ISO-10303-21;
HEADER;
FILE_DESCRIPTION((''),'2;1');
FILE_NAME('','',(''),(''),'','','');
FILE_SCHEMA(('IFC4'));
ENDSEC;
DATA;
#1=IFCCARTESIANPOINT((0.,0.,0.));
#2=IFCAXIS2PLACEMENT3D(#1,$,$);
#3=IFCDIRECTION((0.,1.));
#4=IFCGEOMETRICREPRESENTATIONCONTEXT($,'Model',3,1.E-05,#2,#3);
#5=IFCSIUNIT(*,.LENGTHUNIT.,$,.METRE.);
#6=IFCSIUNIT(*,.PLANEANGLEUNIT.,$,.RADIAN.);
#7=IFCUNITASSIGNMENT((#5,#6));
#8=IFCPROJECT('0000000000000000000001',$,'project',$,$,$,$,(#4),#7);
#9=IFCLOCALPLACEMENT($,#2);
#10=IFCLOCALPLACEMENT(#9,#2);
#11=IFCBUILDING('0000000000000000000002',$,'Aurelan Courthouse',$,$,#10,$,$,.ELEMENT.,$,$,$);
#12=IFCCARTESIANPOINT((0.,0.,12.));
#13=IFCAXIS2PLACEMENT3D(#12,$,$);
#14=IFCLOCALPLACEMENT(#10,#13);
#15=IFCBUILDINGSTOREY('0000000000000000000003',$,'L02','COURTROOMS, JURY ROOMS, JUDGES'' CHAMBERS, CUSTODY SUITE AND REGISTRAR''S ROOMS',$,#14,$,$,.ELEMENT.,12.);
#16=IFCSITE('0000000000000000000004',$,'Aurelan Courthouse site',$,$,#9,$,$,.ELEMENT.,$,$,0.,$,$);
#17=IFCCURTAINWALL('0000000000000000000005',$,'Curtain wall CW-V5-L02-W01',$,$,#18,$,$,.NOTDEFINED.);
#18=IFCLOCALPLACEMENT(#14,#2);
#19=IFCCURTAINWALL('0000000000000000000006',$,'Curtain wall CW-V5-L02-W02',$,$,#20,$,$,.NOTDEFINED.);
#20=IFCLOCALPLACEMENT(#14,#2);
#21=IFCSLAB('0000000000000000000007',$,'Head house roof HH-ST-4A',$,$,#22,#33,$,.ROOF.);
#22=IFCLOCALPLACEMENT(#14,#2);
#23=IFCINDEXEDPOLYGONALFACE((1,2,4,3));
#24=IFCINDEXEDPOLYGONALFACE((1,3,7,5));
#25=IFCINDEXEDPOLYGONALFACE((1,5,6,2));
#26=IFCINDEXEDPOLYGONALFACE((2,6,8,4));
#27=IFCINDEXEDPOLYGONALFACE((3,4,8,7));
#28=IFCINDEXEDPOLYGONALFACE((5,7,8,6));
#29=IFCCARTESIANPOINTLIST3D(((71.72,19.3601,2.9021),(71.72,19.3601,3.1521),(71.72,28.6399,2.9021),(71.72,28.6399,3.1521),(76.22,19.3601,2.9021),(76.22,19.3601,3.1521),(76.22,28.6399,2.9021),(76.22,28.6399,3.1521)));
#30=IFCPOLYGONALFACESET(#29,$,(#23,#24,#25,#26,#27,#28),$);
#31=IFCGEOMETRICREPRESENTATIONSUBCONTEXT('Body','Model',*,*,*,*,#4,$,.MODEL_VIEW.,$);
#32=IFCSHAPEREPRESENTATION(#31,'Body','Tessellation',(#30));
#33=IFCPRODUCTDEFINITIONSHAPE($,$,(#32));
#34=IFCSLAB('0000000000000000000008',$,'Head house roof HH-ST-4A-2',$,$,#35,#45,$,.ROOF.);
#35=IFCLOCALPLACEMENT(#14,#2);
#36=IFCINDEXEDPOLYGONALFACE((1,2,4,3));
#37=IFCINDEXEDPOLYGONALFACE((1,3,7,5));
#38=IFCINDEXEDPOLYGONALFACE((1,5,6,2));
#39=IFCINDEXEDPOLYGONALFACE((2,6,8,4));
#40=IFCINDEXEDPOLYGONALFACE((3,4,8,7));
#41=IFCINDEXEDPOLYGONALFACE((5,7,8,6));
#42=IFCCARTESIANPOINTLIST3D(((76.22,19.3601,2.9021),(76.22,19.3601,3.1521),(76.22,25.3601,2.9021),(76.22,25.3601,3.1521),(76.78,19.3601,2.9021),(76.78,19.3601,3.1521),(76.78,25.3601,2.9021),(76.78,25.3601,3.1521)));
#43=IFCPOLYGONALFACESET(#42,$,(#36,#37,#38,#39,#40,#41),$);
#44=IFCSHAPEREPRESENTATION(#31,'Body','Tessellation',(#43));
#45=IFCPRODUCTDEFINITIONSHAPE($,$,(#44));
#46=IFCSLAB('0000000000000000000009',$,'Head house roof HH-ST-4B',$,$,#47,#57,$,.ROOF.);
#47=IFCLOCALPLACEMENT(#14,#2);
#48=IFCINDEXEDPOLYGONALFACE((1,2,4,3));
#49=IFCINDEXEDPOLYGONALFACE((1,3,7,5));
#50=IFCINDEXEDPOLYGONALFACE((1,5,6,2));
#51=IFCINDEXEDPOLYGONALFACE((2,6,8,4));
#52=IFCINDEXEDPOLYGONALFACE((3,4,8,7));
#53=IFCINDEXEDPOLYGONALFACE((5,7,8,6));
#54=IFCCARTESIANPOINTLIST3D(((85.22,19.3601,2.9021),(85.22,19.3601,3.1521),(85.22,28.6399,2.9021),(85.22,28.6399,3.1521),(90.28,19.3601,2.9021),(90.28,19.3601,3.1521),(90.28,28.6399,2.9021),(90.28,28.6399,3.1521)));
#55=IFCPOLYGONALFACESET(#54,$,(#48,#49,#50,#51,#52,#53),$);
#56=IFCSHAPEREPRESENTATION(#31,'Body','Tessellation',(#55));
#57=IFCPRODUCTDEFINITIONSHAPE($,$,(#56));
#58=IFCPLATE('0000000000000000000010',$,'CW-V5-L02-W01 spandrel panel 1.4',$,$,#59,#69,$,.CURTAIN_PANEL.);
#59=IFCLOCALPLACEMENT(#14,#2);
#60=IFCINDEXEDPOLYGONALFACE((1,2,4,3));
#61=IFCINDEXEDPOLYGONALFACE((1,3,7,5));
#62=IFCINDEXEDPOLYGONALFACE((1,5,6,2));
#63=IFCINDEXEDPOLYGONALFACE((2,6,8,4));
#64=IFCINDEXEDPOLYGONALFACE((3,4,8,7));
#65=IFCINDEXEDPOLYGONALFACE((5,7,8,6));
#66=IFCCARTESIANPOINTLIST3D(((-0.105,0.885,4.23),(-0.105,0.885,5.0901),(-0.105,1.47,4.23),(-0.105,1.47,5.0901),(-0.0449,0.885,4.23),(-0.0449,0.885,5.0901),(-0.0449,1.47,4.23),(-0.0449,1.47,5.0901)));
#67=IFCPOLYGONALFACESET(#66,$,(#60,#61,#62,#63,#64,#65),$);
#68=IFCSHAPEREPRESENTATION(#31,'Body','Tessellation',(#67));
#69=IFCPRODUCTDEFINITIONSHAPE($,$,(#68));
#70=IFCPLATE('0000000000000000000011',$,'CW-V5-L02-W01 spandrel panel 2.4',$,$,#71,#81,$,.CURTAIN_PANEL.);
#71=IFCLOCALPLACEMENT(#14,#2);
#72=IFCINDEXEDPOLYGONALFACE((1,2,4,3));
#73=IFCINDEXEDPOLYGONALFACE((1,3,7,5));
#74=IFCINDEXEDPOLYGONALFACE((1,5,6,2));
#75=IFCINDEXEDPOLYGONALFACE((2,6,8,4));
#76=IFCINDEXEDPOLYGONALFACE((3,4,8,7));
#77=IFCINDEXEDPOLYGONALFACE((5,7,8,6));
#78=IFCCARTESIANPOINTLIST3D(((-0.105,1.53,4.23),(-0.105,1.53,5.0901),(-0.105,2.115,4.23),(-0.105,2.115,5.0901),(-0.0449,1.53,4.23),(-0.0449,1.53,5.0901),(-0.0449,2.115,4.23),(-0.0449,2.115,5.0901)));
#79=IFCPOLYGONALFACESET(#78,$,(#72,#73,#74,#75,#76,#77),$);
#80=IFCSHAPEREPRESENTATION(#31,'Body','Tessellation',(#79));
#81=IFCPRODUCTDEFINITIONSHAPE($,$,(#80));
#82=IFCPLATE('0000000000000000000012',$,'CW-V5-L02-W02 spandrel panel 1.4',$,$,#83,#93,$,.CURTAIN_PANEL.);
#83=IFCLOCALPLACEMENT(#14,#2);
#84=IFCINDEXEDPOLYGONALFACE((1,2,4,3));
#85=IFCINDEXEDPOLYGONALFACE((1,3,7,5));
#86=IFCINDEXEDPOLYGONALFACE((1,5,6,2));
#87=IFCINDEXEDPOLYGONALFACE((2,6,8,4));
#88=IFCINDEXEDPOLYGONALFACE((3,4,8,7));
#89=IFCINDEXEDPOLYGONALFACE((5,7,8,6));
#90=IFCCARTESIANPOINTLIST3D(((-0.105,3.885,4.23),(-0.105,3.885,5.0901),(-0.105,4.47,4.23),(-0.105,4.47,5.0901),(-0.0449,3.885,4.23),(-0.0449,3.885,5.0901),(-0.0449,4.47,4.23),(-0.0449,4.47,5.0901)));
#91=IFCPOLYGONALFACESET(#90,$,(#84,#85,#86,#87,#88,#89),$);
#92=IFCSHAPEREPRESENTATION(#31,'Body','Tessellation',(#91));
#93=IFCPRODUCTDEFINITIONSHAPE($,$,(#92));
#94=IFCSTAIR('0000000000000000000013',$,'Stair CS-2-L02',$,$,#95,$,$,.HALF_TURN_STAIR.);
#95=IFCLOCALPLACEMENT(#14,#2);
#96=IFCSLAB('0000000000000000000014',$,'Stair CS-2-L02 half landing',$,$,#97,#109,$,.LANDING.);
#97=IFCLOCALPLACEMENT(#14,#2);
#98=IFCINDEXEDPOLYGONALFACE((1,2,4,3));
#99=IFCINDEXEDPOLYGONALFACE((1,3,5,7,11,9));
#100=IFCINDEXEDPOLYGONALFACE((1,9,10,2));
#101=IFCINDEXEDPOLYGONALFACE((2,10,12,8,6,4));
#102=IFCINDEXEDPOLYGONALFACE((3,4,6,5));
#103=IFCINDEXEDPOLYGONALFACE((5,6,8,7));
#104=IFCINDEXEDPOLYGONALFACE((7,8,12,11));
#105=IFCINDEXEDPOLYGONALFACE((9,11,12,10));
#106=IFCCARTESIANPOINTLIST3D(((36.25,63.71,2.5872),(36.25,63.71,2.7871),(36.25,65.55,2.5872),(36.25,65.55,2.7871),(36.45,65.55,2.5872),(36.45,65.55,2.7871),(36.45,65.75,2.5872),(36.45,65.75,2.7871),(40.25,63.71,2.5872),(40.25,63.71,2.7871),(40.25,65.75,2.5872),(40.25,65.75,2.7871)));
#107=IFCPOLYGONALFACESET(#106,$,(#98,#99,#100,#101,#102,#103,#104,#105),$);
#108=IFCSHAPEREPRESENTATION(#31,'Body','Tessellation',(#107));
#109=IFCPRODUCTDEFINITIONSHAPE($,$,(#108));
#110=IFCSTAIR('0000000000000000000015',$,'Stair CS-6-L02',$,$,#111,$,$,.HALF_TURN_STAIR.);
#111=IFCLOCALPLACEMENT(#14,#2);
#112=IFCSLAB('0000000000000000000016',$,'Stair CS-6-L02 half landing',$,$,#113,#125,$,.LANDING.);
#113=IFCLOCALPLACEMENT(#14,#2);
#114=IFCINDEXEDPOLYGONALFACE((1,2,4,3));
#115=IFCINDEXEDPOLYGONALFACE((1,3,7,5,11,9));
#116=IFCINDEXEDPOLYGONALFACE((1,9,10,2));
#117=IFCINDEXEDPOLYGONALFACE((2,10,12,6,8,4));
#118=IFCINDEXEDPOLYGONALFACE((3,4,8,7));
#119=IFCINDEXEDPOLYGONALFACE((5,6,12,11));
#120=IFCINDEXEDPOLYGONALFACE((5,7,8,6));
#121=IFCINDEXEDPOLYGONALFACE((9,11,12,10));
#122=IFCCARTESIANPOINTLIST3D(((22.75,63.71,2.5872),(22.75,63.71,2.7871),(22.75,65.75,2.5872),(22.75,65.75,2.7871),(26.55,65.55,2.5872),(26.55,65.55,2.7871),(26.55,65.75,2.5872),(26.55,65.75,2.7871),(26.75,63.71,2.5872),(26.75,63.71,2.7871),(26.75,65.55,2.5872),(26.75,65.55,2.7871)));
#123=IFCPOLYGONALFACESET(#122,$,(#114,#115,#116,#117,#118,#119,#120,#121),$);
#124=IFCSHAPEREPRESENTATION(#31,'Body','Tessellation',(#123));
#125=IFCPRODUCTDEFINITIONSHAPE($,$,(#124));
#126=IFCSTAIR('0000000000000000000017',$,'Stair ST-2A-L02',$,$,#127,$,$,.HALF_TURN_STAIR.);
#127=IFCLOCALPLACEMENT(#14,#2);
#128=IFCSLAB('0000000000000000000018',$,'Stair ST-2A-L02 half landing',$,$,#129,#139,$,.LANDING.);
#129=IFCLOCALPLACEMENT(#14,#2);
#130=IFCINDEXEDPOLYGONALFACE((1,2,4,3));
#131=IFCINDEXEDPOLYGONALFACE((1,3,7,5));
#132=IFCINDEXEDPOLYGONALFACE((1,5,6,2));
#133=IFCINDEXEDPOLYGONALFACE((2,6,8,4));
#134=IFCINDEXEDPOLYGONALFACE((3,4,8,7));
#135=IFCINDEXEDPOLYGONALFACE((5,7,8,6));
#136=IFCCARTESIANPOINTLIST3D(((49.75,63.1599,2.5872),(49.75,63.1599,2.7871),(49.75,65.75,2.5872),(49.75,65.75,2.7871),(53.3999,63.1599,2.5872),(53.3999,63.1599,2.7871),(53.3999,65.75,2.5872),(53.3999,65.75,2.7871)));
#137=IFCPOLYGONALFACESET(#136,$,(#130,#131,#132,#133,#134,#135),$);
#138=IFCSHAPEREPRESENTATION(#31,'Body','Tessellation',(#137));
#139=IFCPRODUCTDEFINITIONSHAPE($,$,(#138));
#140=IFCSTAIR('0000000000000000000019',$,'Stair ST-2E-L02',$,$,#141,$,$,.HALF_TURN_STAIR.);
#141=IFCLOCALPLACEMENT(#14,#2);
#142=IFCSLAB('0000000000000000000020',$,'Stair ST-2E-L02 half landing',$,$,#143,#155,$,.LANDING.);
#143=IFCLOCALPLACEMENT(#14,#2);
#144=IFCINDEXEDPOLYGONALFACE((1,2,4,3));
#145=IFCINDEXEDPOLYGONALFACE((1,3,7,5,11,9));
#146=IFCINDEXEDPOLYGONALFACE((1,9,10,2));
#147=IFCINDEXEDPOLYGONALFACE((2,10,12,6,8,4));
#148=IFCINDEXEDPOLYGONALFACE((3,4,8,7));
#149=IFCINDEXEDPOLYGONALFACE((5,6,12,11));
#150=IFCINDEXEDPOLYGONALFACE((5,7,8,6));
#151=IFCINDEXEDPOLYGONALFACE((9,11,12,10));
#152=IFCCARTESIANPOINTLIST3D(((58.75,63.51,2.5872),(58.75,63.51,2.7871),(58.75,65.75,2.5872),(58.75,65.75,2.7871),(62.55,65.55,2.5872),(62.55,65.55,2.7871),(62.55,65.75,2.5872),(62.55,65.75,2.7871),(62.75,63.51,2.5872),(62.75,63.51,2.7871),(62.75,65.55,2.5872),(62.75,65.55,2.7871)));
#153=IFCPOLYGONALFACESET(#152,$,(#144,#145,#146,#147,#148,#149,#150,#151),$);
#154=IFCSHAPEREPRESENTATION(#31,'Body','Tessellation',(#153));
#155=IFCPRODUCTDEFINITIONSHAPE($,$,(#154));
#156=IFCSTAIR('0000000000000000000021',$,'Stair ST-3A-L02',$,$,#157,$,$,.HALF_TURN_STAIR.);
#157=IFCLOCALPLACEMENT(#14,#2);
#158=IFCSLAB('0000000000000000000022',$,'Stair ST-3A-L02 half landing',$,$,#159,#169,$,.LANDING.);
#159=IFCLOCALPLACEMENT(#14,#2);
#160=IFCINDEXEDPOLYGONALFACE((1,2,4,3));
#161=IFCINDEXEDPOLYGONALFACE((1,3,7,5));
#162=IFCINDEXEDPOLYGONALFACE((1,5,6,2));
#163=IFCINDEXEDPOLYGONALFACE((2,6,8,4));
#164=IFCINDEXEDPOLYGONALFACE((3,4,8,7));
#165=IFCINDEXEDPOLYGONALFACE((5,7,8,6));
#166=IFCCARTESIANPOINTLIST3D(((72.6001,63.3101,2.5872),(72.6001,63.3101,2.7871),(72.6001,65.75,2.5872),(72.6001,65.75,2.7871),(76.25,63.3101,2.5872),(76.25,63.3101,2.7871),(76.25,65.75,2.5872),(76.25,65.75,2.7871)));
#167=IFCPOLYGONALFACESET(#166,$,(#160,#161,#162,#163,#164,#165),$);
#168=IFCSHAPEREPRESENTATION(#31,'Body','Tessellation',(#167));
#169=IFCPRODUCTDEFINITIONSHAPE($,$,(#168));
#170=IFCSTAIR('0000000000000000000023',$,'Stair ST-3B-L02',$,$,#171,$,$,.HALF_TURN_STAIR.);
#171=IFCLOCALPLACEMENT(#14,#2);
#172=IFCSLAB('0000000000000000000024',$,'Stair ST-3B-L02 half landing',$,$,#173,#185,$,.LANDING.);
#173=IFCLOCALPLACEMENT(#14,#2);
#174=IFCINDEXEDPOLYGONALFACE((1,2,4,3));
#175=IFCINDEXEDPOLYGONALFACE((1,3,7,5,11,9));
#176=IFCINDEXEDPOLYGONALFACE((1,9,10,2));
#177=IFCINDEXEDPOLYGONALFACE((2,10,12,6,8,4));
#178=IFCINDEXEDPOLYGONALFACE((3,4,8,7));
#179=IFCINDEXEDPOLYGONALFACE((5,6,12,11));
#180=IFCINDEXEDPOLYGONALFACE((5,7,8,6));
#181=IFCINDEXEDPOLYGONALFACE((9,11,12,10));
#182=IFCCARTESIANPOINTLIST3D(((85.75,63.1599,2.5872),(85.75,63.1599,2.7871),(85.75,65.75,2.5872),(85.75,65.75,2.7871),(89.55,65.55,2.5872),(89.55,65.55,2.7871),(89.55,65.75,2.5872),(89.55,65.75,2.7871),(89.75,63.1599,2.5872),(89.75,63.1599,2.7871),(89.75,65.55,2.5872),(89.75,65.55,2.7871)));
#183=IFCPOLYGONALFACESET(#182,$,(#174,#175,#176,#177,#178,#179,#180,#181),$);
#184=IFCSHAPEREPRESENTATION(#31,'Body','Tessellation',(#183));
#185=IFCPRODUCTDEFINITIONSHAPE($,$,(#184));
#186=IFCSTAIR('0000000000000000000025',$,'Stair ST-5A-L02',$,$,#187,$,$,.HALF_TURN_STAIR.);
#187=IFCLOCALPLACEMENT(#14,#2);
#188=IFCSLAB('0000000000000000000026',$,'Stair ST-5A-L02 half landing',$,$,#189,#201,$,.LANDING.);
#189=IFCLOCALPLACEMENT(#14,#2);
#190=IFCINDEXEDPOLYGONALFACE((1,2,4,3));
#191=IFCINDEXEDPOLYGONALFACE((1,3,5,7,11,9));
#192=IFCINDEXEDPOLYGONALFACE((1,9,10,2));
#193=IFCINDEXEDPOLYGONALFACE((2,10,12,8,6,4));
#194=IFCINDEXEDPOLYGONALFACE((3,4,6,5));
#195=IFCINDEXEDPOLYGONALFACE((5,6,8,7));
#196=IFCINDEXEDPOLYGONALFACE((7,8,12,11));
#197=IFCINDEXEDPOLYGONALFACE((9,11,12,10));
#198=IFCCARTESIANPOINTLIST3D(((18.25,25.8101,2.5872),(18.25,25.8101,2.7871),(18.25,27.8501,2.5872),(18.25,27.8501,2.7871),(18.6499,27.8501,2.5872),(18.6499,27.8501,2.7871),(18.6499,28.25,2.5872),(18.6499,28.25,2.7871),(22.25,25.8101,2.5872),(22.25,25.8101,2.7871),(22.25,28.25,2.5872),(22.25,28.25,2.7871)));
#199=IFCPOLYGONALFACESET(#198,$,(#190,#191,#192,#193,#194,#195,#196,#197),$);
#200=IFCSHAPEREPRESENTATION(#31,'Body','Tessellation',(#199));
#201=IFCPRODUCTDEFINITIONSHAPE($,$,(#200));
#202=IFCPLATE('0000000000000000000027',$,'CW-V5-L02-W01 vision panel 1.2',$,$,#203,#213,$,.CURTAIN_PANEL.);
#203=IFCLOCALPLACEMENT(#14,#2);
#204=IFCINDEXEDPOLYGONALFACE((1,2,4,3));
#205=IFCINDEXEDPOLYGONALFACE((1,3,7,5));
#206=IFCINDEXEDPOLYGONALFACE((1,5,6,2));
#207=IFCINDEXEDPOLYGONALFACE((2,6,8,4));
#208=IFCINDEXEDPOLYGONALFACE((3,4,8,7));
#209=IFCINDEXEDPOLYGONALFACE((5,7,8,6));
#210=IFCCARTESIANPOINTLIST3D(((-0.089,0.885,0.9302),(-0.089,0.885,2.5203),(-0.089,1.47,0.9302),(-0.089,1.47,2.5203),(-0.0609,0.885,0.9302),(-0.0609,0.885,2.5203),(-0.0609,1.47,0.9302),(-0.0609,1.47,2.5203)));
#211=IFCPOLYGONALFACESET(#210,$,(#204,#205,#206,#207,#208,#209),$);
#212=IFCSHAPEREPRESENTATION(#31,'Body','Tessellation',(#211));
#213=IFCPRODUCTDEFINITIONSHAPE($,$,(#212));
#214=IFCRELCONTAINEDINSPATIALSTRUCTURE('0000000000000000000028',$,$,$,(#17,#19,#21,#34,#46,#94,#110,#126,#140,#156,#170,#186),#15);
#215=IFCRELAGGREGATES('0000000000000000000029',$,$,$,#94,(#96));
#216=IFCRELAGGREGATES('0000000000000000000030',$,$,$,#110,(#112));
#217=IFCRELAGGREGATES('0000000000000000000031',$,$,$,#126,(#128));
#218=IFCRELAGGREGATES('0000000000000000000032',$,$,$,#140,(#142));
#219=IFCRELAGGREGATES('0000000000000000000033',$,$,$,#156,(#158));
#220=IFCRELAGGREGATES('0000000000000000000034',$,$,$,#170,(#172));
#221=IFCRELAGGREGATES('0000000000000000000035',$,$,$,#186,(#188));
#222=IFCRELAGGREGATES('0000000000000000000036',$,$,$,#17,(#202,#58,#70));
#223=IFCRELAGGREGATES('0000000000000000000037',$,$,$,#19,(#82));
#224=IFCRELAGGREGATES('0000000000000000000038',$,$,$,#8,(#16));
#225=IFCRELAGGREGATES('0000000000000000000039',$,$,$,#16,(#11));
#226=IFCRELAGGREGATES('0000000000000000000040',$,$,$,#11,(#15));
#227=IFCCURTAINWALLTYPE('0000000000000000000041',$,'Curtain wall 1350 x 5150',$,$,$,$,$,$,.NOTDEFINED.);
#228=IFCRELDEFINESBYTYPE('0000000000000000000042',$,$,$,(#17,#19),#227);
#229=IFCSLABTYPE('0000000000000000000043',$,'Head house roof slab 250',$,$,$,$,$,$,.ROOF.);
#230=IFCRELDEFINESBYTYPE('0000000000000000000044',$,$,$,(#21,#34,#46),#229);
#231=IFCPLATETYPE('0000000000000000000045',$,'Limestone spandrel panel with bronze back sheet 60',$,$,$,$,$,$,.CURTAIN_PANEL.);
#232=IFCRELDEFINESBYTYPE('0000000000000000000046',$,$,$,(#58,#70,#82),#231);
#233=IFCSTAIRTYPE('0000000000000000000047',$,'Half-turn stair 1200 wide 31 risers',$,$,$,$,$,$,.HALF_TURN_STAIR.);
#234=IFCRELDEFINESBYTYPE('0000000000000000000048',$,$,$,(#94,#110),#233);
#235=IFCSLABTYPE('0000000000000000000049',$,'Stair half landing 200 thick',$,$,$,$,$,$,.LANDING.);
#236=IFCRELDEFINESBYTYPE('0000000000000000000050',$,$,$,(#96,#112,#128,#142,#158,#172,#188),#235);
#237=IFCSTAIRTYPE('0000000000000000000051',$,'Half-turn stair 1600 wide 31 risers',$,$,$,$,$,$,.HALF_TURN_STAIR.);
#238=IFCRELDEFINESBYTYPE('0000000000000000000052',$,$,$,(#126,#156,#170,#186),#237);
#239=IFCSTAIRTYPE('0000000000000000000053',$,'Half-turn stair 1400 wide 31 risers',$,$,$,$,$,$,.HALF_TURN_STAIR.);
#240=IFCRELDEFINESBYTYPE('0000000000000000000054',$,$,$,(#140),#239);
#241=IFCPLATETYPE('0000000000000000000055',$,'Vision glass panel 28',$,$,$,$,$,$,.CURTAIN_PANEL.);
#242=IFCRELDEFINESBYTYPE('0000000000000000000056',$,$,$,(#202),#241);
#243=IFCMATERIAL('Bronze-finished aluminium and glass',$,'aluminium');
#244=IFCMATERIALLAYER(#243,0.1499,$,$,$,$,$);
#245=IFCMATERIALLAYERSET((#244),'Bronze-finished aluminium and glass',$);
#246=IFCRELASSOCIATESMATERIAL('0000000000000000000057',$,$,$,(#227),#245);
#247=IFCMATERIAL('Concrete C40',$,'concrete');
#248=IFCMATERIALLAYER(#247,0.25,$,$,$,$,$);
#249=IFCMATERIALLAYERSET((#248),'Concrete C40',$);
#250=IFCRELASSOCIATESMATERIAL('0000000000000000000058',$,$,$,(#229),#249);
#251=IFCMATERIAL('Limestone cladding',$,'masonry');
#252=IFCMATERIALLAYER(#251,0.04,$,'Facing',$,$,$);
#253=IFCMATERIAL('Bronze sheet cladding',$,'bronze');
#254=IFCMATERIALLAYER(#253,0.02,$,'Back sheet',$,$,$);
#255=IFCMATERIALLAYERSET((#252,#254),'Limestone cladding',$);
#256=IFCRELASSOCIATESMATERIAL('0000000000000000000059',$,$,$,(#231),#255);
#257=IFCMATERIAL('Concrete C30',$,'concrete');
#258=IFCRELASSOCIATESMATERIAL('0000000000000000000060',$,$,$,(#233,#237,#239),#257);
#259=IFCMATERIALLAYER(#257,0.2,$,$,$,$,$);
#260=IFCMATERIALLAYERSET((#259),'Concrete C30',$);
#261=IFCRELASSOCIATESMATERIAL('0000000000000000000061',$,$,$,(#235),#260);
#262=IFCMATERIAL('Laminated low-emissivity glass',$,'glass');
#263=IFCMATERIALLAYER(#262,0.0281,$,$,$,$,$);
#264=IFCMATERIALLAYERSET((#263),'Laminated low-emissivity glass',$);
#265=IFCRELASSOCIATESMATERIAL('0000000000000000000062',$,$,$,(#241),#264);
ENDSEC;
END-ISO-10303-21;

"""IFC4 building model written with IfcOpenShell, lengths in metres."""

from ifc_helpers import new_model, si_unit, direction, frame, origin, origin_2d, place, context, subcontext, project, spatial, polyline, rectangle, outline, extrude, material, layer, layer_set, type_object, element, aggregate, save


model = new_model("IFC4")

# Units and contexts
model_context = context("Model", 3, precision=1e-05, world=origin(), true_north=direction((0.0, 1.0)))
body_context = subcontext(model_context, "Body", "Model", "MODEL_VIEW")
ifc_project = project(units=[si_unit("LENGTHUNIT", "METRE"), si_unit("PLANEANGLEUNIT", "RADIAN")], contexts=[model_context])

# Site, building, storey
site_placement = place(None, origin())
site = spatial("IfcSite", under=ifc_project, at=site_placement, Name="Aurelan Courthouse site", CompositionType="ELEMENT", RefElevation=0.0)
building_placement = place(site_placement, origin())
building = spatial("IfcBuilding", under=site, at=building_placement, Name="Aurelan Courthouse", CompositionType="ELEMENT")
storey_placement = place(building_placement, frame((0.0, 0.0, 12.0)))
storey = spatial("IfcBuildingStorey", under=building, at=storey_placement, Name="L02", Description="COURTROOMS, JURY ROOMS, JUDGES' CHAMBERS, CUSTODY SUITE AND REGISTRAR'S ROOMS", CompositionType="ELEMENT", Elevation=12.0)

# Curtain walls
ifc_material_1 = material(Name="Bronze-finished aluminium and glass", Category="aluminium")
ifc_layer_1 = layer(ifc_material_1, 0.1499)
ifc_layer_set_1 = layer_set([ifc_layer_1], Name="Bronze-finished aluminium and glass")
curtain_wall_type = type_object("IfcCurtainWallType", Name="Curtain wall 1350 x 5150", PredefinedType="NOTDEFINED", material=ifc_layer_set_1)
curtain_wall_1_placement = place(storey_placement, origin())
curtain_wall_1 = element("IfcCurtainWall", 1, at=curtain_wall_1_placement, inside=storey, type_object=curtain_wall_type, Name="Curtain wall CW-V5-L02-W01", PredefinedType="NOTDEFINED")
curtain_wall_2_placement = place(storey_placement, origin())
curtain_wall_2 = element("IfcCurtainWall", 2, at=curtain_wall_2_placement, inside=storey, type_object=curtain_wall_type, Name="Curtain wall CW-V5-L02-W02", PredefinedType="NOTDEFINED")

# Slabs
ifc_material_2 = material(Name="Concrete C40", Category="concrete")
ifc_layer_2 = layer(ifc_material_2, 0.25)
ifc_layer_set_2 = layer_set([ifc_layer_2], Name="Concrete C40")
slab_type_1 = type_object("IfcSlabType", Name="Head house roof slab 250", PredefinedType="ROOF", material=ifc_layer_set_2)
slab_1_placement = place(storey_placement, frame((0.0, 0.0, 2.9021)))
element("IfcSlab", 3, at=slab_1_placement, inside=storey, type_object=slab_type_1, Name="Head house roof HH-ST-4A", PredefinedType="ROOF", context=body_context, shape_type="SweptSolid", body=[
    extrude(outline(polyline([(71.72, 19.3601), (76.22, 19.3601), (76.22, 28.6399), (71.72, 28.6399), (71.72, 19.3601)])), origin(), (0.0, 0.0, 1.0), 0.25),
])
slab_2_placement = place(storey_placement, frame((0.0, 0.0, 2.9021)))
element("IfcSlab", 4, at=slab_2_placement, inside=storey, type_object=slab_type_1, Name="Head house roof HH-ST-4A-2", PredefinedType="ROOF", context=body_context, shape_type="SweptSolid", body=[
    extrude(outline(polyline([(76.22, 19.3601), (76.78, 19.3601), (76.78, 25.3601), (76.22, 25.3601), (76.22, 19.3601)])), origin(), (0.0, 0.0, 1.0), 0.25),
])
slab_3_placement = place(storey_placement, frame((0.0, 0.0, 2.9021)))
element("IfcSlab", 5, at=slab_3_placement, inside=storey, type_object=slab_type_1, Name="Head house roof HH-ST-4B", PredefinedType="ROOF", context=body_context, shape_type="SweptSolid", body=[
    extrude(outline(polyline([(85.22, 19.3601), (90.28, 19.3601), (90.28, 28.6399), (85.22, 28.6399), (85.22, 19.3601)])), origin(), (0.0, 0.0, 1.0), 0.25),
])

# Plates
ifc_material_3 = material(Name="Limestone cladding", Category="masonry")
ifc_layer_3 = layer(ifc_material_3, 0.04, Name="Facing")
ifc_material_4 = material(Name="Bronze sheet cladding", Category="bronze")
ifc_layer_4 = layer(ifc_material_4, 0.02, Name="Back sheet")
ifc_layer_set_3 = layer_set([ifc_layer_3, ifc_layer_4], Name="Limestone cladding")
plate_type_1 = type_object("IfcPlateType", Name="Limestone spandrel panel with bronze back sheet 60", PredefinedType="CURTAIN_PANEL", material=ifc_layer_set_3)
plate_1_placement = place(storey_placement, frame((-0.075, 1.1775, 4.23), z_axis=(0.0, 0.0, 1.0), x_axis=(0.0, 1.0, 0.0)))
plate_1 = element("IfcPlate", 6, at=plate_1_placement, type_object=plate_type_1, Name="CW-V5-L02-W01 spandrel panel 1.4", PredefinedType="CURTAIN_PANEL", context=body_context, shape_type="SweptSolid", body=[
    extrude(rectangle(XDim=0.585, YDim=0.0601, at=origin_2d()), origin(), (0.0, 0.0, 1.0), 0.8601),
])
plate_2_placement = place(storey_placement, frame((-0.075, 1.8225, 4.23), z_axis=(0.0, 0.0, 1.0), x_axis=(0.0, 1.0, 0.0)))
plate_2 = element("IfcPlate", 7, at=plate_2_placement, type_object=plate_type_1, Name="CW-V5-L02-W01 spandrel panel 2.4", PredefinedType="CURTAIN_PANEL", context=body_context, shape_type="SweptSolid", body=[
    extrude(rectangle(XDim=0.585, YDim=0.0601, at=origin_2d()), origin(), (0.0, 0.0, 1.0), 0.8601),
])
plate_3_placement = place(storey_placement, frame((-0.075, 4.1775, 4.23), z_axis=(0.0, 0.0, 1.0), x_axis=(0.0, 1.0, 0.0)))
plate_3 = element("IfcPlate", 8, at=plate_3_placement, type_object=plate_type_1, Name="CW-V5-L02-W02 spandrel panel 1.4", PredefinedType="CURTAIN_PANEL", context=body_context, shape_type="SweptSolid", body=[
    extrude(rectangle(XDim=0.585, YDim=0.0601, at=origin_2d()), origin(), (0.0, 0.0, 1.0), 0.8601),
])

# Stairs, slabs
ifc_material_5 = material(Name="Concrete C30", Category="concrete")
stair_type_1 = type_object("IfcStairType", Name="Half-turn stair 1200 wide 31 risers", PredefinedType="HALF_TURN_STAIR", material=ifc_material_5)
stair_1_placement = place(storey_placement, origin())
stair_1 = element("IfcStair", 9, at=stair_1_placement, inside=storey, type_object=stair_type_1, Name="Stair CS-2-L02", PredefinedType="HALF_TURN_STAIR")
ifc_layer_5 = layer(ifc_material_5, 0.2)
ifc_layer_set_4 = layer_set([ifc_layer_5], Name="Concrete C30")
slab_type_2 = type_object("IfcSlabType", Name="Stair half landing 200 thick", PredefinedType="LANDING", material=ifc_layer_set_4)
slab_4_placement = place(storey_placement, frame((0.0, 0.0, 2.5872)))
slab_4 = element("IfcSlab", 10, at=slab_4_placement, type_object=slab_type_2, Name="Stair CS-2-L02 half landing", PredefinedType="LANDING", context=body_context, shape_type="SweptSolid", body=[
    extrude(outline(polyline([(36.25, 65.55), (36.45, 65.55), (36.45, 65.75), (40.25, 65.75), (40.25, 63.71), (36.25, 63.71), (36.25, 65.55)])), origin(), (0.0, 0.0, 1.0), 0.2),
])
aggregate(stair_1, [slab_4])
stair_2_placement = place(storey_placement, origin())
stair_2 = element("IfcStair", 11, at=stair_2_placement, inside=storey, type_object=stair_type_1, Name="Stair CS-6-L02", PredefinedType="HALF_TURN_STAIR")
slab_5_placement = place(storey_placement, frame((0.0, 0.0, 2.5872)))
slab_5 = element("IfcSlab", 12, at=slab_5_placement, type_object=slab_type_2, Name="Stair CS-6-L02 half landing", PredefinedType="LANDING", context=body_context, shape_type="SweptSolid", body=[
    extrude(outline(polyline([(22.75, 65.75), (26.55, 65.75), (26.55, 65.55), (26.75, 65.55), (26.75, 63.71), (22.75, 63.71), (22.75, 65.75)])), origin(), (0.0, 0.0, 1.0), 0.2),
])
aggregate(stair_2, [slab_5])
stair_type_2 = type_object("IfcStairType", Name="Half-turn stair 1600 wide 31 risers", PredefinedType="HALF_TURN_STAIR", material=ifc_material_5)
stair_3_placement = place(storey_placement, origin())
stair_3 = element("IfcStair", 13, at=stair_3_placement, inside=storey, type_object=stair_type_2, Name="Stair ST-2A-L02", PredefinedType="HALF_TURN_STAIR")
slab_6_placement = place(storey_placement, frame((0.0, 0.0, 2.5872)))
slab_6 = element("IfcSlab", 14, at=slab_6_placement, type_object=slab_type_2, Name="Stair ST-2A-L02 half landing", PredefinedType="LANDING", context=body_context, shape_type="SweptSolid", body=[
    extrude(outline(polyline([(49.75, 63.1599), (49.75, 65.75), (53.3999, 65.75), (53.3999, 63.1599), (49.75, 63.1599)])), origin(), (0.0, 0.0, 1.0), 0.2),
])
aggregate(stair_3, [slab_6])
stair_type_3 = type_object("IfcStairType", Name="Half-turn stair 1400 wide 31 risers", PredefinedType="HALF_TURN_STAIR", material=ifc_material_5)
stair_4_placement = place(storey_placement, origin())
stair_4 = element("IfcStair", 15, at=stair_4_placement, inside=storey, type_object=stair_type_3, Name="Stair ST-2E-L02", PredefinedType="HALF_TURN_STAIR")
slab_7_placement = place(storey_placement, frame((0.0, 0.0, 2.5872)))
slab_7 = element("IfcSlab", 16, at=slab_7_placement, type_object=slab_type_2, Name="Stair ST-2E-L02 half landing", PredefinedType="LANDING", context=body_context, shape_type="SweptSolid", body=[
    extrude(outline(polyline([(58.75, 65.75), (62.55, 65.75), (62.55, 65.55), (62.75, 65.55), (62.75, 63.51), (58.75, 63.51), (58.75, 65.75)])), origin(), (0.0, 0.0, 1.0), 0.2),
])
aggregate(stair_4, [slab_7])
stair_5_placement = place(storey_placement, origin())
stair_5 = element("IfcStair", 17, at=stair_5_placement, inside=storey, type_object=stair_type_2, Name="Stair ST-3A-L02", PredefinedType="HALF_TURN_STAIR")
slab_8_placement = place(storey_placement, frame((0.0, 0.0, 2.5872)))
slab_8 = element("IfcSlab", 18, at=slab_8_placement, type_object=slab_type_2, Name="Stair ST-3A-L02 half landing", PredefinedType="LANDING", context=body_context, shape_type="SweptSolid", body=[
    extrude(outline(polyline([(72.6001, 65.75), (76.25, 65.75), (76.25, 63.3101), (72.6001, 63.3101), (72.6001, 65.75)])), origin(), (0.0, 0.0, 1.0), 0.2),
])
aggregate(stair_5, [slab_8])
stair_6_placement = place(storey_placement, origin())
stair_6 = element("IfcStair", 19, at=stair_6_placement, inside=storey, type_object=stair_type_2, Name="Stair ST-3B-L02", PredefinedType="HALF_TURN_STAIR")
slab_9_placement = place(storey_placement, frame((0.0, 0.0, 2.5872)))
slab_9 = element("IfcSlab", 20, at=slab_9_placement, type_object=slab_type_2, Name="Stair ST-3B-L02 half landing", PredefinedType="LANDING", context=body_context, shape_type="SweptSolid", body=[
    extrude(outline(polyline([(85.75, 63.1599), (85.75, 65.75), (89.55, 65.75), (89.55, 65.55), (89.75, 65.55), (89.75, 63.1599), (85.75, 63.1599)])), origin(), (0.0, 0.0, 1.0), 0.2),
])
aggregate(stair_6, [slab_9])
stair_7_placement = place(storey_placement, origin())
stair_7 = element("IfcStair", 21, at=stair_7_placement, inside=storey, type_object=stair_type_2, Name="Stair ST-5A-L02", PredefinedType="HALF_TURN_STAIR")
slab_10_placement = place(storey_placement, frame((0.0, 0.0, 2.5872)))
slab_10 = element("IfcSlab", 22, at=slab_10_placement, type_object=slab_type_2, Name="Stair ST-5A-L02 half landing", PredefinedType="LANDING", context=body_context, shape_type="SweptSolid", body=[
    extrude(outline(polyline([(18.25, 27.8501), (18.6499, 27.8501), (18.6499, 28.25), (22.25, 28.25), (22.25, 25.8101), (18.25, 25.8101), (18.25, 27.8501)])), origin(), (0.0, 0.0, 1.0), 0.2),
])
aggregate(stair_7, [slab_10])

# Plate
ifc_material_6 = material(Name="Laminated low-emissivity glass", Category="glass")
ifc_layer_6 = layer(ifc_material_6, 0.0281)
ifc_layer_set_5 = layer_set([ifc_layer_6], Name="Laminated low-emissivity glass")
plate_type_2 = type_object("IfcPlateType", Name="Vision glass panel 28", PredefinedType="CURTAIN_PANEL", material=ifc_layer_set_5)
plate_4_placement = place(storey_placement, frame((-0.075, 1.1775, 0.9302), z_axis=(0.0, 0.0, 1.0), x_axis=(0.0, 1.0, 0.0)))
plate_4 = element("IfcPlate", 23, at=plate_4_placement, type_object=plate_type_2, Name="CW-V5-L02-W01 vision panel 1.2", PredefinedType="CURTAIN_PANEL", context=body_context, shape_type="SweptSolid", body=[
    extrude(rectangle(XDim=0.585, YDim=0.0281, at=origin_2d()), origin(), (0.0, 0.0, 1.0), 1.5901),
])
aggregate(curtain_wall_1, [plate_4, plate_1, plate_2])
aggregate(curtain_wall_2, [plate_3])

save(model, "model.ifc")
